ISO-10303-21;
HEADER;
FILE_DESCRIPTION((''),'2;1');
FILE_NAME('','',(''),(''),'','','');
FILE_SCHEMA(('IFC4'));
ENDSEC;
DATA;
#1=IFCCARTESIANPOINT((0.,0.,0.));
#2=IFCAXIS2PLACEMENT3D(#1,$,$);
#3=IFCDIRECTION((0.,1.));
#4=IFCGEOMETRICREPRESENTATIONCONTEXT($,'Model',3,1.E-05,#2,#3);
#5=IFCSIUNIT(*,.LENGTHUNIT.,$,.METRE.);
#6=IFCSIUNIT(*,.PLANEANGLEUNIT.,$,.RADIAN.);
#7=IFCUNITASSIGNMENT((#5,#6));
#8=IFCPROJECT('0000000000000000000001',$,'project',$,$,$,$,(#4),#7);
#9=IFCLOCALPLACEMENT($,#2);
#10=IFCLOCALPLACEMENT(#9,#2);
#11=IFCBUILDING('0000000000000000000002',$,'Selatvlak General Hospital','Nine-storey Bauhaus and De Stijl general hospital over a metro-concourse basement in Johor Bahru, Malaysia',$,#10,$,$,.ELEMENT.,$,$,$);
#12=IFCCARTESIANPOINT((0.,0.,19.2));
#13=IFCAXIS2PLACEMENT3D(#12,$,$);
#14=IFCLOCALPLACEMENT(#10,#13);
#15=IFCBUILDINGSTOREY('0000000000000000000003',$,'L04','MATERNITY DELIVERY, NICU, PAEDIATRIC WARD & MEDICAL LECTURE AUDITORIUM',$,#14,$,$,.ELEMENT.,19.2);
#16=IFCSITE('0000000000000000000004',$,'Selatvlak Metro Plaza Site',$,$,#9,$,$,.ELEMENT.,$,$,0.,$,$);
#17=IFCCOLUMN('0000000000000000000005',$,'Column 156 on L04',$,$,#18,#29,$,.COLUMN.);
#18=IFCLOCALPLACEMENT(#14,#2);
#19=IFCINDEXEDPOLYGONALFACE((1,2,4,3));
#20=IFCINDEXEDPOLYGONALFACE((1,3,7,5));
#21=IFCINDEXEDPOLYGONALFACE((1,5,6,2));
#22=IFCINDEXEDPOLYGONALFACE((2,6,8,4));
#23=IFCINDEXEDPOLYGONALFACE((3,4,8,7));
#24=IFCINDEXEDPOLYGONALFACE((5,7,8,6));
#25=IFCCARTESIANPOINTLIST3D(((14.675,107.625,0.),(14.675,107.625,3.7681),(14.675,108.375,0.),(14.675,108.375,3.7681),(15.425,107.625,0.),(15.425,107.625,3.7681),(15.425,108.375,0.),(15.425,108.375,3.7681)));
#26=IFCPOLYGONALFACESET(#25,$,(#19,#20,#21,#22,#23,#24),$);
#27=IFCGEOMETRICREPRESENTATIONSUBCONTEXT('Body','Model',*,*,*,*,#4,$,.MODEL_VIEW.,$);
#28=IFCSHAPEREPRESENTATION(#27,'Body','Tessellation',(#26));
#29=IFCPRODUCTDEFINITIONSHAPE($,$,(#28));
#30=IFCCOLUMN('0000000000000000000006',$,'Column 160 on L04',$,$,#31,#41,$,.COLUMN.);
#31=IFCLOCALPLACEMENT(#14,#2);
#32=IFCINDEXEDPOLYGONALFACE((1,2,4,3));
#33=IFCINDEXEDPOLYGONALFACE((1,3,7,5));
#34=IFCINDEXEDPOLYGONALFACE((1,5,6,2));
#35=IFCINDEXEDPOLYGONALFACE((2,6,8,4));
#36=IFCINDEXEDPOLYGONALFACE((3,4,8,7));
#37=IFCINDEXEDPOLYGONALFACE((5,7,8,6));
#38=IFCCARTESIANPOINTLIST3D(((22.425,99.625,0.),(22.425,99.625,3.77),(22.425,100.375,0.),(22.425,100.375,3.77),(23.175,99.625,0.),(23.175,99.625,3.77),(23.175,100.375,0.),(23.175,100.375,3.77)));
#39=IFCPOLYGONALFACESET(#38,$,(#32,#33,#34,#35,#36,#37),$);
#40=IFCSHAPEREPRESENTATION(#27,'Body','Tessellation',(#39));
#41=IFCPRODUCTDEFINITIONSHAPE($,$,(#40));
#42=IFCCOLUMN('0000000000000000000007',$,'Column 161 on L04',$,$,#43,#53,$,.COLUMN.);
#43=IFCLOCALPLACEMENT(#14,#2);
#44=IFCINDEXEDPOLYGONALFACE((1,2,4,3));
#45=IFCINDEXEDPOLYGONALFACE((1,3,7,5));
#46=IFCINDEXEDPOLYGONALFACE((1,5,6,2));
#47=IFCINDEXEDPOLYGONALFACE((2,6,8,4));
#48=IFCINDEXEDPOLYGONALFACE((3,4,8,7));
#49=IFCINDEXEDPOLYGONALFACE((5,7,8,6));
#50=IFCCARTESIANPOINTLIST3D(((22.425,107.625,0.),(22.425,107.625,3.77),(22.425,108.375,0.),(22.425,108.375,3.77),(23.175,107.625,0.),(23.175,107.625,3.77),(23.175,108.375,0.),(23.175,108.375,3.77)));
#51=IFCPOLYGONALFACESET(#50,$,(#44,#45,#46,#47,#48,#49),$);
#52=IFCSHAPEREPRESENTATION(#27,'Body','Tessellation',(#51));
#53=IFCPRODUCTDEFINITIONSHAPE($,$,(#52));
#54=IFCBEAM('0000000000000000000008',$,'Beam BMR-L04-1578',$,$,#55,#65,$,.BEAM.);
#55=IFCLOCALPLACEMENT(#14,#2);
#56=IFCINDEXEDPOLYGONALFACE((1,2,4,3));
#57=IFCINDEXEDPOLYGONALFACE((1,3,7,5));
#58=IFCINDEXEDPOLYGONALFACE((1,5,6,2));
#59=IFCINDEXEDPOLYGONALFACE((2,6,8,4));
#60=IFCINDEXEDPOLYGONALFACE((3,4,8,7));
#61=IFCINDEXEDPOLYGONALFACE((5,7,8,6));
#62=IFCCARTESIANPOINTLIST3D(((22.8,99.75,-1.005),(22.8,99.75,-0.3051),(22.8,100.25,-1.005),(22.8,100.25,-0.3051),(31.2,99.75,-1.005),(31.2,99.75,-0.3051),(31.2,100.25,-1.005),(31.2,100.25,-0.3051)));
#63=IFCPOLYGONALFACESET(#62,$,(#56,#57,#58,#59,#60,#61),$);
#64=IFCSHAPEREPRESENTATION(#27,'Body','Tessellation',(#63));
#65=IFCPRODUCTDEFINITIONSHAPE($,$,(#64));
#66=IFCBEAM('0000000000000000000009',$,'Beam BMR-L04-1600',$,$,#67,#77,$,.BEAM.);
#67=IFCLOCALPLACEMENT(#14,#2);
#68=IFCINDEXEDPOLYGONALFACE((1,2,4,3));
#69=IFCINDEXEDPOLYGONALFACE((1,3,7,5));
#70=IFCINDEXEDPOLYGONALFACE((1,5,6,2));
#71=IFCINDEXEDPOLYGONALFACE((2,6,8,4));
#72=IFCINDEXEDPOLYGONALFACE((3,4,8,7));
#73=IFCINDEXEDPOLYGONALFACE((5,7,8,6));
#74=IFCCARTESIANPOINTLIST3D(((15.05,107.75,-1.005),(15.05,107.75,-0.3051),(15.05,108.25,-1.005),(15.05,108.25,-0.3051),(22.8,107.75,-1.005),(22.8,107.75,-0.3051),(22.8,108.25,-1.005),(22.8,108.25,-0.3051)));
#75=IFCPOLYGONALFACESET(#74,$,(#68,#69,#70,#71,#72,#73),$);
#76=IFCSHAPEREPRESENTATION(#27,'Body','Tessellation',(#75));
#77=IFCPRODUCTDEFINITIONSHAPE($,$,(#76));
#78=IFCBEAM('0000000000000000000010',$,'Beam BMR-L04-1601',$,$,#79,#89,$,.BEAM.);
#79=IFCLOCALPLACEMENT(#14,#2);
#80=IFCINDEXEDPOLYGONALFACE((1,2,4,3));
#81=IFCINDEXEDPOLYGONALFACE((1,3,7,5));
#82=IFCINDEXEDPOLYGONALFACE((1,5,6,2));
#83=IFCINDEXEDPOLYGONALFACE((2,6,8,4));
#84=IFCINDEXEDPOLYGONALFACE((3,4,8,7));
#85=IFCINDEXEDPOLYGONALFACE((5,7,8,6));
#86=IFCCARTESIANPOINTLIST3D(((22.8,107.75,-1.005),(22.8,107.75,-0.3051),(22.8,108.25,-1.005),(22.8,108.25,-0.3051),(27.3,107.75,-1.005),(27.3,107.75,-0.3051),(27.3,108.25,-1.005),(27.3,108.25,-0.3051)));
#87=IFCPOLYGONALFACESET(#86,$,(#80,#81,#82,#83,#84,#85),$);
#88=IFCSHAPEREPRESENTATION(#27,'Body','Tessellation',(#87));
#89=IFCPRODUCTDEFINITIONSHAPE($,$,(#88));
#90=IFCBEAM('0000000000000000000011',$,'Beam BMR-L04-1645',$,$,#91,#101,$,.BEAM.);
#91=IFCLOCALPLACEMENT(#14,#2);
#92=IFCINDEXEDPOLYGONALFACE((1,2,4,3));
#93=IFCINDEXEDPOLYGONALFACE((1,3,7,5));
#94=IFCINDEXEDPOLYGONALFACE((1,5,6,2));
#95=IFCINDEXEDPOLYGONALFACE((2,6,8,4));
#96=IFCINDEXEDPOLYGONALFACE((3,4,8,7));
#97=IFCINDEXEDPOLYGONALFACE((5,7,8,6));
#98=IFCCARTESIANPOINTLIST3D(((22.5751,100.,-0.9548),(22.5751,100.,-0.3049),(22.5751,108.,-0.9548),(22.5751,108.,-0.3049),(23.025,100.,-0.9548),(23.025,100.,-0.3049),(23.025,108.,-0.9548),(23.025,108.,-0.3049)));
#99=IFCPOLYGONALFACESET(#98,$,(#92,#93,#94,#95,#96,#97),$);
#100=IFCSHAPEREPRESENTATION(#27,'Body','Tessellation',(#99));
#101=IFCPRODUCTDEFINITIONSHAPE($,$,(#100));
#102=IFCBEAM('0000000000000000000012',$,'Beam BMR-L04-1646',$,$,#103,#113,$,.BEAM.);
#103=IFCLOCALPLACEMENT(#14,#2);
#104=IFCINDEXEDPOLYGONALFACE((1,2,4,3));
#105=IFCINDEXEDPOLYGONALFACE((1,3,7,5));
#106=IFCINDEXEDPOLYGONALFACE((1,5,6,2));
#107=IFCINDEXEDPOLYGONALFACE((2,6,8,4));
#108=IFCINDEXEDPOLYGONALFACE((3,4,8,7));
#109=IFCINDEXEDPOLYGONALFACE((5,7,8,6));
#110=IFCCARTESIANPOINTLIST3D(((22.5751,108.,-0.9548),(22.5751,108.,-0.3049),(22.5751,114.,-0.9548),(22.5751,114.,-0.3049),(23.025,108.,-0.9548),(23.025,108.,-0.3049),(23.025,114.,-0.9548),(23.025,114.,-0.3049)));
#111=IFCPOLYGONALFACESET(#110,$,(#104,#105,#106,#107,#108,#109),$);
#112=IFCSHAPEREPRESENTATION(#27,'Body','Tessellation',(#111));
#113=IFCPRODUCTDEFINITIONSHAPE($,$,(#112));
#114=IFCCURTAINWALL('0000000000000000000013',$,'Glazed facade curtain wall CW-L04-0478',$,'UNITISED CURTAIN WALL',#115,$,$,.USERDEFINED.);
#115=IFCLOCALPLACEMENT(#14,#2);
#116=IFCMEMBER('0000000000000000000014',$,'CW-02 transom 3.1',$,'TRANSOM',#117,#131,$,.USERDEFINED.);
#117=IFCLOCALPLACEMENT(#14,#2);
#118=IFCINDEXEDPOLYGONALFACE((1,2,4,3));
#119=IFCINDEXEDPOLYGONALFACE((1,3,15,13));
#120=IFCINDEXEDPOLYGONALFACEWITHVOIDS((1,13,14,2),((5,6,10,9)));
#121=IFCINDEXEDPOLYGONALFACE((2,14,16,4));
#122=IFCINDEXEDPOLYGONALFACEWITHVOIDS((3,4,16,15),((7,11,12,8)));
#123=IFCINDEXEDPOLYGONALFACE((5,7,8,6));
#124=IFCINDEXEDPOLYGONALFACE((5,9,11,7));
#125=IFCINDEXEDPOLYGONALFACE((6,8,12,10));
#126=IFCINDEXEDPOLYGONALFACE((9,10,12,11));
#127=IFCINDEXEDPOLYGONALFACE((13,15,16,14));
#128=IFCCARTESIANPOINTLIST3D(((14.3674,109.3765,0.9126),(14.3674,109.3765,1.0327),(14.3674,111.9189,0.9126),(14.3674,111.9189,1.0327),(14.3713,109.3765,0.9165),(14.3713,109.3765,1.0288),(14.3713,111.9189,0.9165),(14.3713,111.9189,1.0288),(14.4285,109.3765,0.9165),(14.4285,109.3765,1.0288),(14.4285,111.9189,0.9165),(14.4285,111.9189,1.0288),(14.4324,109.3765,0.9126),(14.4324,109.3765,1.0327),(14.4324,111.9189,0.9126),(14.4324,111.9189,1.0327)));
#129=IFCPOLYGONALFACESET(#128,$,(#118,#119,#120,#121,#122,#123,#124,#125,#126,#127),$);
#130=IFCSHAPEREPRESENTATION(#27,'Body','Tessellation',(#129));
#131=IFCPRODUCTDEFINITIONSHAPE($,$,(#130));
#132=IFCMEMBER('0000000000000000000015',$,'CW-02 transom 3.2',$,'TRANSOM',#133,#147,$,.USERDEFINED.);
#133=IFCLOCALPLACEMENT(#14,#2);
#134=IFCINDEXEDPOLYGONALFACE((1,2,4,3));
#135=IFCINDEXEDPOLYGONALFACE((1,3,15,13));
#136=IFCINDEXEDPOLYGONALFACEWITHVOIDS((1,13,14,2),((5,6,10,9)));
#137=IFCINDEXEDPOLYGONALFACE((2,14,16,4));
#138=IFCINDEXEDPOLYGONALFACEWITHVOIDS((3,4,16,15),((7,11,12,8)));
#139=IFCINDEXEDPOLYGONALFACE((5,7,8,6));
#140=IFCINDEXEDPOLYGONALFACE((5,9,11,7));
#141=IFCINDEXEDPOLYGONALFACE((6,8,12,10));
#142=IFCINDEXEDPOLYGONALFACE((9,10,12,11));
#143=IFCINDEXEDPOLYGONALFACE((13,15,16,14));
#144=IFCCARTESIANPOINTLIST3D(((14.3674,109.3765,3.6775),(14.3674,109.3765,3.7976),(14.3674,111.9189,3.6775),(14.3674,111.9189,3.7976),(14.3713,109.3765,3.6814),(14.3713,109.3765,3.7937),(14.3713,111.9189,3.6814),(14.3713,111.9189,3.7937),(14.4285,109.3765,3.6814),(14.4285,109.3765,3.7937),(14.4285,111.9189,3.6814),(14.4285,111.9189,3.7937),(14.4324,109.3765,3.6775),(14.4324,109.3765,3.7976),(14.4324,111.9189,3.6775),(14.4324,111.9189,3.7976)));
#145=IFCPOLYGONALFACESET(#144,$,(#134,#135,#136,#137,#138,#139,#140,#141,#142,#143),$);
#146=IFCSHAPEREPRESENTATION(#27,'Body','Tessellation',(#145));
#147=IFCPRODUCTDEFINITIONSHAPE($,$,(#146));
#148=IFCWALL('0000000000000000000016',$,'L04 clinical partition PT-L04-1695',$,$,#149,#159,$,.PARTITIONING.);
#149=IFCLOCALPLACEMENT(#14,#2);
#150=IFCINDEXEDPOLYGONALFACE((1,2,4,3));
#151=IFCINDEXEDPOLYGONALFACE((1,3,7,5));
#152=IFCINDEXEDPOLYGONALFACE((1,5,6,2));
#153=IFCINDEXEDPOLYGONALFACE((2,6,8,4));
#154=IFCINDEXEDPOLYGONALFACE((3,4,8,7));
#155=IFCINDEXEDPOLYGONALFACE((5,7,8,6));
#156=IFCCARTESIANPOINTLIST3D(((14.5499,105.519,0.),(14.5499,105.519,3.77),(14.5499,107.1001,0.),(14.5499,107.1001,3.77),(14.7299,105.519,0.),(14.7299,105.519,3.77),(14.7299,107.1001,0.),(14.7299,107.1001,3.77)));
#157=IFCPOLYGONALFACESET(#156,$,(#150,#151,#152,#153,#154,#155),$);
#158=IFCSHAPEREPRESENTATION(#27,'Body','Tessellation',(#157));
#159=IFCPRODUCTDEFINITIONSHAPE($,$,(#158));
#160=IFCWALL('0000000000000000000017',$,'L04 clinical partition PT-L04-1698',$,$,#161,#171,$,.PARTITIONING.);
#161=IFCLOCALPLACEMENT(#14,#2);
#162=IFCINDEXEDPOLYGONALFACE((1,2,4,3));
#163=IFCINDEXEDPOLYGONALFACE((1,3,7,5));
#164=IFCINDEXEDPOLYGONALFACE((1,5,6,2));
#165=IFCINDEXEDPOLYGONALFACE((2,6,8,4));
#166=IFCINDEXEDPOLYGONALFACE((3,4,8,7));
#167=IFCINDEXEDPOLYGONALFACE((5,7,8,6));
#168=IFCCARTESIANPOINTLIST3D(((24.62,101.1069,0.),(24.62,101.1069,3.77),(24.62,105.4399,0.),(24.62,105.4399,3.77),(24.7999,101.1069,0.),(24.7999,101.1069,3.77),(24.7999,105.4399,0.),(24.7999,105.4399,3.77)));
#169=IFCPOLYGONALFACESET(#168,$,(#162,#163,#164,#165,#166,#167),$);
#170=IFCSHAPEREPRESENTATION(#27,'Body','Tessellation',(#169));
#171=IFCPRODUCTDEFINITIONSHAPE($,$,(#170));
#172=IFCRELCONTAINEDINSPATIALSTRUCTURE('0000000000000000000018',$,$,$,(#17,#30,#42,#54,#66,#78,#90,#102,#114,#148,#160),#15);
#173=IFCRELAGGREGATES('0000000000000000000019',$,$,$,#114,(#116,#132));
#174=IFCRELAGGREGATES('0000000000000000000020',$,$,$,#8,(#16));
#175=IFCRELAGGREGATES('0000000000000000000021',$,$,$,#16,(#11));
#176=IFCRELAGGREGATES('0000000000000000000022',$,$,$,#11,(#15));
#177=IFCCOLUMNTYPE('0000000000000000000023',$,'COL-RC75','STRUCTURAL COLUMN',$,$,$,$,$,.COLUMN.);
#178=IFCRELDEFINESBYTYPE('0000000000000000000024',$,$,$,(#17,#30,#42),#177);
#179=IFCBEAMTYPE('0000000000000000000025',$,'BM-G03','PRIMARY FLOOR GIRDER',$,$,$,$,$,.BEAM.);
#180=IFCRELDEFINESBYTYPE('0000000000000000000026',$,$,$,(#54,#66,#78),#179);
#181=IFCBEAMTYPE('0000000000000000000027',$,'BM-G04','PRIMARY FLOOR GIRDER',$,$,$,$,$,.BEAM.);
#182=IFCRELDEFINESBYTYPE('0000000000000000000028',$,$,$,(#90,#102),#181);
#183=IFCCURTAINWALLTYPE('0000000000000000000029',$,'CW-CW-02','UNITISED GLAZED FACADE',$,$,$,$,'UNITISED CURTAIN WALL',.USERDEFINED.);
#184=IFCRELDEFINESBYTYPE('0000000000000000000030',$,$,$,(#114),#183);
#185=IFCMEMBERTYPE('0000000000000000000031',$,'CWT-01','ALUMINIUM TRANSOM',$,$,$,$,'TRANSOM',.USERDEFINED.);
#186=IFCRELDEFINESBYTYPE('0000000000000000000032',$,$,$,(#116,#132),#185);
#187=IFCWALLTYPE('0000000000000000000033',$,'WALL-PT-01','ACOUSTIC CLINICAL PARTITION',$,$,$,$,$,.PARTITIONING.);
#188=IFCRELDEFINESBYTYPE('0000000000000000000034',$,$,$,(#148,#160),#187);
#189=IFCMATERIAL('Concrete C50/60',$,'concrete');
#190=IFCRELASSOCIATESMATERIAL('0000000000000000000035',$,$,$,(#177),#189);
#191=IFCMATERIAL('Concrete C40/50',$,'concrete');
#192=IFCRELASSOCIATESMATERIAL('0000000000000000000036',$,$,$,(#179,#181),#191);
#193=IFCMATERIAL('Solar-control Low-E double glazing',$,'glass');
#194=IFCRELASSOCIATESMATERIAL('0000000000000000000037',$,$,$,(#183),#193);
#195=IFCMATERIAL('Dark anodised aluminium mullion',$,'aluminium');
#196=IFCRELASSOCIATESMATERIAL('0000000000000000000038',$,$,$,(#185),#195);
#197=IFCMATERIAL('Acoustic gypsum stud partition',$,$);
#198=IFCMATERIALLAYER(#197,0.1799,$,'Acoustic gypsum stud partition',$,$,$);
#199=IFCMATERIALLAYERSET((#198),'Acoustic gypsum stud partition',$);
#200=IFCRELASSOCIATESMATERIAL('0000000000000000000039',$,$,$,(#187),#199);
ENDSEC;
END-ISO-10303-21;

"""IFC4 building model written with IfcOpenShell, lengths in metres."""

from ifc_helpers import new_model, si_unit, direction, frame, frame_2d, origin, origin_2d, place, context, subcontext, project, spatial, rectangle, hollow_rectangle, extrude, material, layer, layer_set, material_profile, profile_set, type_object, element, aggregate, save


model = new_model("IFC4")

# Units and contexts
model_context = context("Model", 3, precision=1e-05, world=origin(), true_north=direction((0.0, 1.0)))
body_context = subcontext(model_context, "Body", "Model", "MODEL_VIEW")
ifc_project = project(units=[si_unit("LENGTHUNIT", "METRE"), si_unit("PLANEANGLEUNIT", "RADIAN")], contexts=[model_context])

# Site, building, storey
site_placement = place(None, origin())
site = spatial("IfcSite", under=ifc_project, at=site_placement, Name="Selatvlak Metro Plaza Site", CompositionType="ELEMENT", RefElevation=0.0)
building_placement = place(site_placement, origin())
building = spatial("IfcBuilding", under=site, at=building_placement, Name="Selatvlak General Hospital", Description="Nine-storey Bauhaus and De Stijl general hospital over a metro-concourse basement in Johor Bahru, Malaysia", CompositionType="ELEMENT")
storey_placement = place(building_placement, frame((0.0, 0.0, 19.2)))
storey = spatial("IfcBuildingStorey", under=building, at=storey_placement, Name="L04", Description="MATERNITY DELIVERY, NICU, PAEDIATRIC WARD & MEDICAL LECTURE AUDITORIUM", CompositionType="ELEMENT", Elevation=19.2)

# Columns
ifc_material_1 = material(Name="Concrete C50/60", Category="concrete")
ifc_material_profile_1 = material_profile(ifc_material_1, rectangle(XDim=0.75, YDim=0.75, at=origin_2d()), Name="RC-COL 750x750")
ifc_profile_set_1 = profile_set([ifc_material_profile_1], Name="Concrete C50/60")
column_type = type_object("IfcColumnType", Name="COL-RC75", Description="STRUCTURAL COLUMN", PredefinedType="COLUMN", material=ifc_profile_set_1)
column_placement = place(storey_placement, frame((15.05, 108.0, 0.0), z_axis=(0.0, 0.0, 1.0), x_axis=(1.0, 0.0, 0.0)))
element("IfcColumn", 1, at=column_placement, inside=storey, type_object=column_type, Name="Column 156 on L04", PredefinedType="COLUMN", context=body_context, shape_type="SweptSolid", body=[
    extrude(rectangle(XDim=0.75, YDim=0.75, at=origin_2d()), origin(), (0.0, 0.0, 1.0), 3.7681),
])
for number, where, z_axis, x_axis, name in (
    (2, (22.8, 100.0, 0.0), (0.0, 0.0, 1.0), (1.0, 0.0, 0.0), "Column 160 on L04"),
    (3, (22.8, 108.0, 0.0), (0.0, 0.0, 1.0), (1.0, 0.0, 0.0), "Column 161 on L04"),
):
    element("IfcColumn", number, at=place(storey_placement, frame(where, z_axis=z_axis, x_axis=x_axis)), inside=storey, type_object=column_type, Name=name, PredefinedType="COLUMN", context=body_context, shape_type="SweptSolid", body=[
        extrude(rectangle(XDim=0.75, YDim=0.75, at=origin_2d()), origin(), (0.0, 0.0, 1.0), 3.77),
    ])

# Beams
ifc_material_2 = material(Name="Concrete C40/50", Category="concrete")
ifc_material_profile_2 = material_profile(ifc_material_2, rectangle(XDim=0.5, YDim=0.7, at=origin_2d()), Name="RC-BM 500x700")
ifc_profile_set_2 = profile_set([ifc_material_profile_2], Name="Concrete C40/50")
beam_type_1 = type_object("IfcBeamType", Name="BM-G03", Description="PRIMARY FLOOR GIRDER", PredefinedType="BEAM", material=ifc_profile_set_2)
beam_1_placement = place(storey_placement, frame((22.8, 100.0, -0.655), z_axis=(1.0, 0.0, 0.0), x_axis=(0.0, 1.0, 0.0)))
element("IfcBeam", 4, at=beam_1_placement, inside=storey, type_object=beam_type_1, Name="Beam BMR-L04-1578", PredefinedType="BEAM", context=body_context, shape_type="SweptSolid", body=[
    extrude(rectangle(XDim=0.5, YDim=0.7, at=origin_2d()), origin(), (0.0, 0.0, 1.0), 8.3999),
])
beam_2_placement = place(storey_placement, frame((15.05, 108.0, -0.655), z_axis=(1.0, 0.0, 0.0), x_axis=(0.0, 1.0, 0.0)))
element("IfcBeam", 5, at=beam_2_placement, inside=storey, type_object=beam_type_1, Name="Beam BMR-L04-1600", PredefinedType="BEAM", context=body_context, shape_type="SweptSolid", body=[
    extrude(rectangle(XDim=0.5, YDim=0.7, at=origin_2d()), origin(), (0.0, 0.0, 1.0), 7.75),
])
beam_3_placement = place(storey_placement, frame((22.8, 108.0, -0.655), z_axis=(1.0, 0.0, 0.0), x_axis=(0.0, 1.0, 0.0)))
element("IfcBeam", 6, at=beam_3_placement, inside=storey, type_object=beam_type_1, Name="Beam BMR-L04-1601", PredefinedType="BEAM", context=body_context, shape_type="SweptSolid", body=[
    extrude(rectangle(XDim=0.5, YDim=0.7, at=origin_2d()), origin(), (0.0, 0.0, 1.0), 4.5),
])
ifc_material_profile_3 = material_profile(ifc_material_2, rectangle(XDim=0.45, YDim=0.6499, at=origin_2d()), Name="RC-BM 450x650")
ifc_profile_set_3 = profile_set([ifc_material_profile_3], Name="Concrete C40/50")
beam_type_2 = type_object("IfcBeamType", Name="BM-G04", Description="PRIMARY FLOOR GIRDER", PredefinedType="BEAM", material=ifc_profile_set_3)
beam_4_placement = place(storey_placement, frame((22.8, 100.0, -0.6299), z_axis=(0.0, 1.0, 0.0), x_axis=(-1.0, 0.0, 0.0)))
element("IfcBeam", 7, at=beam_4_placement, inside=storey, type_object=beam_type_2, Name="Beam BMR-L04-1645", PredefinedType="BEAM", context=body_context, shape_type="SweptSolid", body=[
    extrude(rectangle(XDim=0.45, YDim=0.6499, at=origin_2d()), origin(), (0.0, 0.0, 1.0), 8.0),
])
beam_5_placement = place(storey_placement, frame((22.8, 108.0, -0.6299), z_axis=(0.0, 1.0, 0.0), x_axis=(-1.0, 0.0, 0.0)))
element("IfcBeam", 8, at=beam_5_placement, inside=storey, type_object=beam_type_2, Name="Beam BMR-L04-1646", PredefinedType="BEAM", context=body_context, shape_type="SweptSolid", body=[
    extrude(rectangle(XDim=0.45, YDim=0.6499, at=origin_2d()), origin(), (0.0, 0.0, 1.0), 6.0),
])

# Curtain wall, members
ifc_material_3 = material(Name="Solar-control Low-E double glazing", Category="glass")
curtain_wall_type = type_object("IfcCurtainWallType", Name="CW-CW-02", Description="UNITISED GLAZED FACADE", ElementType="UNITISED CURTAIN WALL", PredefinedType="USERDEFINED", material=ifc_material_3)
curtain_wall_placement = place(storey_placement, origin())
curtain_wall = element("IfcCurtainWall", 9, at=curtain_wall_placement, inside=storey, type_object=curtain_wall_type, Name="Glazed facade curtain wall CW-L04-0478", ObjectType="UNITISED CURTAIN WALL", PredefinedType="USERDEFINED")
ifc_material_4 = material(Name="Dark anodised aluminium mullion", Category="aluminium")
ifc_material_profile_4 = material_profile(ifc_material_4, hollow_rectangle(XDim=0.0649, YDim=0.1201, WallThickness=0.0039, at=origin_2d()), Name="AL-TRN 65x120x4")
ifc_profile_set_4 = profile_set([ifc_material_profile_4], Name="Dark anodised aluminium mullion")
member_type = type_object("IfcMemberType", Name="CWT-01", Description="ALUMINIUM TRANSOM", ElementType="TRANSOM", PredefinedType="USERDEFINED", material=ifc_profile_set_4)
member_1_placement = place(storey_placement, frame((14.3999, 109.3765, 0.9727), z_axis=(0.0, 1.0, 0.0), x_axis=(-1.0, 0.0, 0.0)))
member_1 = element("IfcMember", 10, at=member_1_placement, type_object=member_type, Name="CW-02 transom 3.1", ObjectType="TRANSOM", PredefinedType="USERDEFINED", context=body_context, shape_type="SweptSolid", body=[
    extrude(hollow_rectangle(XDim=0.0649, YDim=0.1201, WallThickness=0.0039, at=origin_2d()), origin(), (0.0, 0.0, 1.0), 2.5425),
])
member_2_placement = place(storey_placement, frame((14.3999, 109.3765, 3.7375), z_axis=(0.0, 1.0, 0.0), x_axis=(-1.0, 0.0, 0.0)))
member_2 = element("IfcMember", 11, at=member_2_placement, type_object=member_type, Name="CW-02 transom 3.2", ObjectType="TRANSOM", PredefinedType="USERDEFINED", context=body_context, shape_type="SweptSolid", body=[
    extrude(hollow_rectangle(XDim=0.0649, YDim=0.1201, WallThickness=0.0039, at=origin_2d()), origin(), (0.0, 0.0, 1.0), 2.5425),
])
aggregate(curtain_wall, [member_1, member_2])

# Walls
ifc_material_5 = material(Name="Acoustic gypsum stud partition")
ifc_layer_1 = layer(ifc_material_5, 0.1799, Name="Acoustic gypsum stud partition")
ifc_layer_set_1 = layer_set([ifc_layer_1], Name="Acoustic gypsum stud partition")
wall_type_1 = type_object("IfcWallType", Name="WALL-PT-01", Description="ACOUSTIC CLINICAL PARTITION", PredefinedType="PARTITIONING", material=ifc_layer_set_1)
wall_1_placement = place(storey_placement, frame((14.6399, 107.1001, 0.0), z_axis=(0.0, 0.0, 1.0), x_axis=(0.0, -1.0, 0.0)))
element("IfcWall", 12, at=wall_1_placement, inside=storey, type_object=wall_type_1, Name="L04 clinical partition PT-L04-1695", PredefinedType="PARTITIONING", context=body_context, shape_type="SweptSolid", body=[
    extrude(rectangle(XDim=1.5811, YDim=0.1799, at=frame_2d((0.7905, 0.0))), origin(), (0.0, 0.0, 1.0), 3.77),
])
wall_2_placement = place(storey_placement, frame((24.71, 101.1069, 0.0), z_axis=(0.0, 0.0, 1.0), x_axis=(0.0, 1.0, 0.0)))
element("IfcWall", 13, at=wall_2_placement, inside=storey, type_object=wall_type_1, Name="L04 clinical partition PT-L04-1698", PredefinedType="PARTITIONING", context=body_context, shape_type="SweptSolid", body=[
    extrude(rectangle(XDim=4.333, YDim=0.1799, at=frame_2d((2.1665, 0.0))), origin(), (0.0, 0.0, 1.0), 3.77),
])

save(model, "model.ifc")
